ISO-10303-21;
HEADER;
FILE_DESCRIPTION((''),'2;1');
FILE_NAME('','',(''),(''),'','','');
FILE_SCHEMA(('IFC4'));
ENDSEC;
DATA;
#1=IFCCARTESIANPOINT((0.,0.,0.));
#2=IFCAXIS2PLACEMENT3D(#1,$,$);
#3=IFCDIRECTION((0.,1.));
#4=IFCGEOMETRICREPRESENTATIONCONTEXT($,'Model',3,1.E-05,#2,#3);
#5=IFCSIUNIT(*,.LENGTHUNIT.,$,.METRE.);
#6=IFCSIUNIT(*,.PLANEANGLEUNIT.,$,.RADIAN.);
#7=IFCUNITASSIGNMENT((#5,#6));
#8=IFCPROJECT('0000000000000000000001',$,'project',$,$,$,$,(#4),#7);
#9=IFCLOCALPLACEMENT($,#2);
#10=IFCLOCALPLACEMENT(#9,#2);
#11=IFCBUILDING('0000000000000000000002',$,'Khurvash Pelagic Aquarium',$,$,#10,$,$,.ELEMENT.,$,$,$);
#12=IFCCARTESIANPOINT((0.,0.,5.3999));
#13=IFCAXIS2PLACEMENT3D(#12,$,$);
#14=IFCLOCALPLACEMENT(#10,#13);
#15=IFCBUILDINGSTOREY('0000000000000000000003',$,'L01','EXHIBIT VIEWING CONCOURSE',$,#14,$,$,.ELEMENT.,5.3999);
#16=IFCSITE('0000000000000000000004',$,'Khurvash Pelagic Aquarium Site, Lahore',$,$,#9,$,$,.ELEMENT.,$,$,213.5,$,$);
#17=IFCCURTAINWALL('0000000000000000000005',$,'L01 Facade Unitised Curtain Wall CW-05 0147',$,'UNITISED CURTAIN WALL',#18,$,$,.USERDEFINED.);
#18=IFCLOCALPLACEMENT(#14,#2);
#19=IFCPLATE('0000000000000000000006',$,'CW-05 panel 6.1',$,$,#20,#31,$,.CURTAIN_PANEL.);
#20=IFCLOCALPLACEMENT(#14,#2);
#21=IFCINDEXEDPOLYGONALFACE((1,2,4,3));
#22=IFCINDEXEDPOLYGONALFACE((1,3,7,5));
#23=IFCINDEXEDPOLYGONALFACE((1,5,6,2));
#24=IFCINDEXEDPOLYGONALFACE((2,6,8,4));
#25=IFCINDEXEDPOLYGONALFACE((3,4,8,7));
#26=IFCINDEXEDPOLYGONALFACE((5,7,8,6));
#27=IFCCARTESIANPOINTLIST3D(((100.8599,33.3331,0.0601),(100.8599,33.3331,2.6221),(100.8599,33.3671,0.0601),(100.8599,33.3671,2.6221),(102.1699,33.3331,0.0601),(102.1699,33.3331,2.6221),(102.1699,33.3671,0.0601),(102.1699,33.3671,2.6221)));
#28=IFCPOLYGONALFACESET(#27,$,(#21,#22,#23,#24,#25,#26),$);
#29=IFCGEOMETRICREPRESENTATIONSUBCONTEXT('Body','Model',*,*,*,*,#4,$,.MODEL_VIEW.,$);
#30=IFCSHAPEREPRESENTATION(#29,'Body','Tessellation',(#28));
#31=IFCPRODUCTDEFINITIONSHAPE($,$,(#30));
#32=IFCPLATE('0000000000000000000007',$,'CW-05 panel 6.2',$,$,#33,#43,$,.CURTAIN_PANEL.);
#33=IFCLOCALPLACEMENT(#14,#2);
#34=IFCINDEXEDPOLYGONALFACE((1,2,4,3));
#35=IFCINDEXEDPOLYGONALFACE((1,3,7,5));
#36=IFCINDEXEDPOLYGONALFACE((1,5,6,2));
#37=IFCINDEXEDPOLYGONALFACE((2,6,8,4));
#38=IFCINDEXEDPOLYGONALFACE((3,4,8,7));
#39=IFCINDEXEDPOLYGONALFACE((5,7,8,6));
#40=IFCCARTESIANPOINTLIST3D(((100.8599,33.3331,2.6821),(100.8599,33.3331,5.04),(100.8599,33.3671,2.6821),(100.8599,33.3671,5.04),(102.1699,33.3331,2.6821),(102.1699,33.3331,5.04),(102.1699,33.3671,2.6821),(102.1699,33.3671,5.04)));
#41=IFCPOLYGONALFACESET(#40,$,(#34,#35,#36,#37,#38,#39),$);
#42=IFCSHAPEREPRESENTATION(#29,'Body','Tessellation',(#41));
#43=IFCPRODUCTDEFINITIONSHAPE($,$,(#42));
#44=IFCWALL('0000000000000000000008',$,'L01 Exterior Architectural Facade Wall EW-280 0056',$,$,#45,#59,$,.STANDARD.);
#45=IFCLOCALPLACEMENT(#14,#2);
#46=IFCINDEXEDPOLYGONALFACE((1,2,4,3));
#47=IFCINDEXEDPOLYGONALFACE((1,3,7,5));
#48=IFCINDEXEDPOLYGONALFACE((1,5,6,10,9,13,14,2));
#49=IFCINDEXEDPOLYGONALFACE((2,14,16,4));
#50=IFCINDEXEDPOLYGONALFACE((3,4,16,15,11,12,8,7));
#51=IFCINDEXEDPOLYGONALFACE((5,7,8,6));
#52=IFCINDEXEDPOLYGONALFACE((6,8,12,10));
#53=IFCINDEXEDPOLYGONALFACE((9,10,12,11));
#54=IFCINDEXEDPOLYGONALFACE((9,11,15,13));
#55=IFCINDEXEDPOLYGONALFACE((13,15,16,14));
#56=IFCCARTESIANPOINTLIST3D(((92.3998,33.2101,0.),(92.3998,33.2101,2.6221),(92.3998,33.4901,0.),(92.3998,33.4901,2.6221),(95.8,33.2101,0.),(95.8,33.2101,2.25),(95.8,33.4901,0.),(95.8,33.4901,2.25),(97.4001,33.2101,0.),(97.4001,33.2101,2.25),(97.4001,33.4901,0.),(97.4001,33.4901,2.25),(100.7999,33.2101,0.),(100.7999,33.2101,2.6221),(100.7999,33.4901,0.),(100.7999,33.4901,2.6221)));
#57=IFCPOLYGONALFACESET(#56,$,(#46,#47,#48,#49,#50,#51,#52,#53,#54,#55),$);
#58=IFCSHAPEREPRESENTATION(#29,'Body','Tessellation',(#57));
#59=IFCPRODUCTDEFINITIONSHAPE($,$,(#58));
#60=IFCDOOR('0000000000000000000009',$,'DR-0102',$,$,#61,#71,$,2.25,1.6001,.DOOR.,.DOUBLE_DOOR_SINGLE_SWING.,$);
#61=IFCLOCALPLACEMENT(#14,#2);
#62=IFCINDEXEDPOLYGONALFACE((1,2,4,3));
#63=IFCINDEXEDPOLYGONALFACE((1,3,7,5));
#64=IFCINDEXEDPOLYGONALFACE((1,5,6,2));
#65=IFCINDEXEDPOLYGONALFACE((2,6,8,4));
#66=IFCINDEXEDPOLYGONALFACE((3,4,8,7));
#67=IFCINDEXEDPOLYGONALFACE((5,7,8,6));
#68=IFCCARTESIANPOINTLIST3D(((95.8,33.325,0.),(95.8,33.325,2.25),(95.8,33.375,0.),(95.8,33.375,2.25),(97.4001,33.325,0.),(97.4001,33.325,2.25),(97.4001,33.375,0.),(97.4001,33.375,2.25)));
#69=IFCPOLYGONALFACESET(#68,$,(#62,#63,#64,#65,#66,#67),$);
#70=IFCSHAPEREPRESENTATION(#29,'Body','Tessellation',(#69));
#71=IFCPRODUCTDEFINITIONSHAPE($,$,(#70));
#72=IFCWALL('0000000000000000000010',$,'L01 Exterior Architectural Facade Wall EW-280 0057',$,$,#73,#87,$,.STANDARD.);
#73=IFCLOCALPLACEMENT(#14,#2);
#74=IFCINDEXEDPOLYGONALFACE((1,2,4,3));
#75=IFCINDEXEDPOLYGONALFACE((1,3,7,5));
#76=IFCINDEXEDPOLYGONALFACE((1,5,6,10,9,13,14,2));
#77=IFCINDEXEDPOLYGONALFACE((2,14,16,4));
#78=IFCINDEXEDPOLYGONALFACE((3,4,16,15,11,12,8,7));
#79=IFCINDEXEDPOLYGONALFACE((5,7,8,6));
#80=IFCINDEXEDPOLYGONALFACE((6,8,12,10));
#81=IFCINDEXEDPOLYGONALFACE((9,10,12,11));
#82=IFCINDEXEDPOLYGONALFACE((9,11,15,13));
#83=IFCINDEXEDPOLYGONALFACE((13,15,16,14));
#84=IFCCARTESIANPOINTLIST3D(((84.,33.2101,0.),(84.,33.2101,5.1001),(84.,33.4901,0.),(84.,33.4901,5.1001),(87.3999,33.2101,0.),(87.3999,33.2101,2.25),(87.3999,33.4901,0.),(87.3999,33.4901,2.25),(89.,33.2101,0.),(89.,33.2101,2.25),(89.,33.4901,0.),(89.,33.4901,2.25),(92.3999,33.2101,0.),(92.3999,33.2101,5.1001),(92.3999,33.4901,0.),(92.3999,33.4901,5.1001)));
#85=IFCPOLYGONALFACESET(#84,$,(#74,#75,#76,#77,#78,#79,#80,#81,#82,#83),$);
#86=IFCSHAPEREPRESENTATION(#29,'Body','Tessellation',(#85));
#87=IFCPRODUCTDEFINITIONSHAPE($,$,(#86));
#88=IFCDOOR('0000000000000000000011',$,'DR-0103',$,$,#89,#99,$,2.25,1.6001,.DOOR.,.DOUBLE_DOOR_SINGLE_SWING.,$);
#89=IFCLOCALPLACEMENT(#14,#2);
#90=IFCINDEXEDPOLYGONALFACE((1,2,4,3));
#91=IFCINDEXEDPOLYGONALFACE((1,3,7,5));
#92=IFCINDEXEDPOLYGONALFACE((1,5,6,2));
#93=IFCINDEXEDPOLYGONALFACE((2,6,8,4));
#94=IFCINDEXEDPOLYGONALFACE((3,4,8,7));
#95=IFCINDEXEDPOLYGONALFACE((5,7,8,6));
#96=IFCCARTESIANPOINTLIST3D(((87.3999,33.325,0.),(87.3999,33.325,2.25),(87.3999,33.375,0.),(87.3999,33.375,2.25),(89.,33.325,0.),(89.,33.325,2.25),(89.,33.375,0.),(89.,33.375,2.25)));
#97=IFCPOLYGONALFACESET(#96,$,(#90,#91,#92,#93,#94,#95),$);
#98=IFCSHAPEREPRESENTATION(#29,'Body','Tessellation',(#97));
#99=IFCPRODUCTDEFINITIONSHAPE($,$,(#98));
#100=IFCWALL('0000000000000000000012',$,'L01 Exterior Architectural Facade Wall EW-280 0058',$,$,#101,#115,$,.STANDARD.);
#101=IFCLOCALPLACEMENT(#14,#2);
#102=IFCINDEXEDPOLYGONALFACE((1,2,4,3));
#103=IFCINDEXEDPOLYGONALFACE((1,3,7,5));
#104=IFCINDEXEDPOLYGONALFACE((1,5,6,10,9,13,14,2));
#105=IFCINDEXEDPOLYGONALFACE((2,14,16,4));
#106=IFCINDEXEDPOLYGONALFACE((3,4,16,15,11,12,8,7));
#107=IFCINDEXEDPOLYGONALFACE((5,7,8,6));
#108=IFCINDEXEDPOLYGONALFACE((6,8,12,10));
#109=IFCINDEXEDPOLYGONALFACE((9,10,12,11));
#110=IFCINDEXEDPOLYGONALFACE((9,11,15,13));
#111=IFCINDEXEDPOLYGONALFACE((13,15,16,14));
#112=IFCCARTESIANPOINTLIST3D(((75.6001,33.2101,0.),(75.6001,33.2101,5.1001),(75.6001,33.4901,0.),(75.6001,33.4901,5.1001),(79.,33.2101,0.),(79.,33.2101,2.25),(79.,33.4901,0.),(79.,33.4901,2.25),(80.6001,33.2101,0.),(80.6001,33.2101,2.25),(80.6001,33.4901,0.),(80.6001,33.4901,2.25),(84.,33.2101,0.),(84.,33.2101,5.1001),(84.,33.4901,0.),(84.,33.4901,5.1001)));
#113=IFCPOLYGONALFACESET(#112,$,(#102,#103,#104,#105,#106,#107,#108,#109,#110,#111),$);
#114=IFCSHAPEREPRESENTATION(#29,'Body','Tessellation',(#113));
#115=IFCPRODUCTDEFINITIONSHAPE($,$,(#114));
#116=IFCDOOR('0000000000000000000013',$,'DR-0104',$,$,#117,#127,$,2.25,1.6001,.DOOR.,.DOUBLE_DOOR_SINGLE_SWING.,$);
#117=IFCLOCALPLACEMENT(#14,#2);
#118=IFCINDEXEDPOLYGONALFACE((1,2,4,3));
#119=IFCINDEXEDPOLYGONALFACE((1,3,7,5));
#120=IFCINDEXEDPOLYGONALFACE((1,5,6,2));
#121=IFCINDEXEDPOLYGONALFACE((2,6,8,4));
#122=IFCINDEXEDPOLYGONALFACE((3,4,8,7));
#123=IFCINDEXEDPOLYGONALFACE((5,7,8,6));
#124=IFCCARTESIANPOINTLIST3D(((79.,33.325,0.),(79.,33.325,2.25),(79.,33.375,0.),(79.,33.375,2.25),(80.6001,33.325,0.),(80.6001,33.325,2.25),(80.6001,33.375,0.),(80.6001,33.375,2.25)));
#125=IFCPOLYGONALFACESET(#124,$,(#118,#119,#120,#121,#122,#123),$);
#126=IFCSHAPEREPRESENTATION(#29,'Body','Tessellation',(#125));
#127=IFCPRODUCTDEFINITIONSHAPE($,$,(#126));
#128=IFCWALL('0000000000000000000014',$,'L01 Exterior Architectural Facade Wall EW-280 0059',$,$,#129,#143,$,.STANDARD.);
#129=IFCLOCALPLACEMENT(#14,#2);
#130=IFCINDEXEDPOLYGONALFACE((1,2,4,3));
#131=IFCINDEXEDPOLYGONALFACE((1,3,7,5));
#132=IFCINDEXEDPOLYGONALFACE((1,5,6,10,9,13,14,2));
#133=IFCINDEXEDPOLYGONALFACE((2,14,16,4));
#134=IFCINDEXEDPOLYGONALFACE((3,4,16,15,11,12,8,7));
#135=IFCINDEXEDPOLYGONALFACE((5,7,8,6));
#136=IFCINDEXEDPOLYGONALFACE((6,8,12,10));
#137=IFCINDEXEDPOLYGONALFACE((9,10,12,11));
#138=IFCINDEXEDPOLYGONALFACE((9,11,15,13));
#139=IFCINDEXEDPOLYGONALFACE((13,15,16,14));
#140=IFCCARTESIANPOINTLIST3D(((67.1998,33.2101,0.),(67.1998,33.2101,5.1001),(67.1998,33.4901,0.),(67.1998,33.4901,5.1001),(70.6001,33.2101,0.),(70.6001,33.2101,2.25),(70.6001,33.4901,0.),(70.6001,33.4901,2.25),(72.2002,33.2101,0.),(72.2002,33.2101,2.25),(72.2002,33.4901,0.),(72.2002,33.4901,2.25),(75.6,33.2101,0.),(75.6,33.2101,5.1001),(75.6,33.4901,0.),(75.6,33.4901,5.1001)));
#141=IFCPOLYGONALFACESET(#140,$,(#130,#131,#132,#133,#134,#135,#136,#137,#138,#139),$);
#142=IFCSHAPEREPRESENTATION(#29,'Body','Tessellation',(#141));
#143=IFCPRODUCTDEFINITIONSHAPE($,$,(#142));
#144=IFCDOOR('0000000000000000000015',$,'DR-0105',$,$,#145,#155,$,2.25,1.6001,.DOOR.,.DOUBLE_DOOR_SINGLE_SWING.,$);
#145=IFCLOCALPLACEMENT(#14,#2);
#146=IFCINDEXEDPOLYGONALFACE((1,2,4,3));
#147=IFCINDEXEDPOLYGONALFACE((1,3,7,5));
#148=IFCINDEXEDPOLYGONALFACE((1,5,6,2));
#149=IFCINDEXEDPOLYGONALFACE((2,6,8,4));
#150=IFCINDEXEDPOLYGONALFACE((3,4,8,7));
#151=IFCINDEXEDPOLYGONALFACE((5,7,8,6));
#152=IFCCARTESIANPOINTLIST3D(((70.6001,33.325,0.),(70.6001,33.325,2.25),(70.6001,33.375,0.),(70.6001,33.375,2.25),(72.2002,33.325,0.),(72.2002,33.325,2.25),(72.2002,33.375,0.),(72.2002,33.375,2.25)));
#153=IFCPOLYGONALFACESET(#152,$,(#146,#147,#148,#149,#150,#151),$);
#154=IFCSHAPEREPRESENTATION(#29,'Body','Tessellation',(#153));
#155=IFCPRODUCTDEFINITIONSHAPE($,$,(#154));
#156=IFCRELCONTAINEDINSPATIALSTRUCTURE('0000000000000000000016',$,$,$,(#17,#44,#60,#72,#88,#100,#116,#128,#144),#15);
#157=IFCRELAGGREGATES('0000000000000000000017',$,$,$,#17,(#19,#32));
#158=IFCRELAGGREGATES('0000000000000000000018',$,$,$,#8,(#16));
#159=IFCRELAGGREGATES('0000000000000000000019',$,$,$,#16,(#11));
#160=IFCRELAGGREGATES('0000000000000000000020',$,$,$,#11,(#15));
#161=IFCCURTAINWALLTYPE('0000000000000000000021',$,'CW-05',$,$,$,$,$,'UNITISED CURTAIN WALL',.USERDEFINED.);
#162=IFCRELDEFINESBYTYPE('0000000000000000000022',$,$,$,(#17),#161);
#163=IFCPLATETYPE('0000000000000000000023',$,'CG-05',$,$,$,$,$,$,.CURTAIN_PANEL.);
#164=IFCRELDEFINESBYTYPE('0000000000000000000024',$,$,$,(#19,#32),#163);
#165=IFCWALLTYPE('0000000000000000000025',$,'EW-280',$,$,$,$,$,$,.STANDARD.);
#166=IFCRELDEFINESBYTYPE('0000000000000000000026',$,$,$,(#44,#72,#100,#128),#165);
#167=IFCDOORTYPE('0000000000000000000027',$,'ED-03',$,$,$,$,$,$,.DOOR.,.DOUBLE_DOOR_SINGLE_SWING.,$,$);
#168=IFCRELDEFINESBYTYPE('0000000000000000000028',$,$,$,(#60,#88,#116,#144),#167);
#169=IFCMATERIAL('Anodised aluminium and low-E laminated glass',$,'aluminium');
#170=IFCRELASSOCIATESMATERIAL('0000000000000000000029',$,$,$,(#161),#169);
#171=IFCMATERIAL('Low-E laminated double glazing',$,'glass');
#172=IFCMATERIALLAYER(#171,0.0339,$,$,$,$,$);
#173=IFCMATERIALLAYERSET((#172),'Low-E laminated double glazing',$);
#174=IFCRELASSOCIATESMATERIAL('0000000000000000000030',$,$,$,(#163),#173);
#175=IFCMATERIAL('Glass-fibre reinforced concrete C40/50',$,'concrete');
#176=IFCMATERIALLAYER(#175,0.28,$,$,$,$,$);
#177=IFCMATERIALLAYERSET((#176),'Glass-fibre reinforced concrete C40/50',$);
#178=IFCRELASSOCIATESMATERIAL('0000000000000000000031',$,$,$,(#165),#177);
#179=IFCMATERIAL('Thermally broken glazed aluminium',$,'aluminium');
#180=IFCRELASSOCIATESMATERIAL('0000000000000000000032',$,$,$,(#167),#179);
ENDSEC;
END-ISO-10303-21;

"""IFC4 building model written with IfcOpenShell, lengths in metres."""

from ifc_helpers import new_model, si_unit, direction, frame, frame_2d, origin, origin_2d, place, context, subcontext, project, spatial, rectangle, extrude, material, layer, layer_set, type_object, element, fill, aggregate, save


model = new_model("IFC4")

# Units and contexts
model_context = context("Model", 3, precision=1e-05, world=origin(), true_north=direction((0.0, 1.0)))
body_context = subcontext(model_context, "Body", "Model", "MODEL_VIEW")
ifc_project = project(units=[si_unit("LENGTHUNIT", "METRE"), si_unit("PLANEANGLEUNIT", "RADIAN")], contexts=[model_context])

# Site, building, storey
site_placement = place(None, origin())
site = spatial("IfcSite", under=ifc_project, at=site_placement, Name="Khurvash Pelagic Aquarium Site, Lahore", CompositionType="ELEMENT", RefElevation=213.5)
building_placement = place(site_placement, origin())
building = spatial("IfcBuilding", under=site, at=building_placement, Name="Khurvash Pelagic Aquarium", CompositionType="ELEMENT")
storey_placement = place(building_placement, frame((0.0, 0.0, 5.3999)))
storey = spatial("IfcBuildingStorey", under=building, at=storey_placement, Name="L01", Description="EXHIBIT VIEWING CONCOURSE", CompositionType="ELEMENT", Elevation=5.3999)

# Curtain wall, plates
ifc_material_1 = material(Name="Anodised aluminium and low-E laminated glass", Category="aluminium")
curtain_wall_type = type_object("IfcCurtainWallType", Name="CW-05", ElementType="UNITISED CURTAIN WALL", PredefinedType="USERDEFINED", material=ifc_material_1)
curtain_wall_placement = place(storey_placement, origin())
curtain_wall = element("IfcCurtainWall", 1, at=curtain_wall_placement, inside=storey, type_object=curtain_wall_type, Name="L01 Facade Unitised Curtain Wall CW-05 0147", ObjectType="UNITISED CURTAIN WALL", PredefinedType="USERDEFINED")
ifc_material_2 = material(Name="Low-E laminated double glazing", Category="glass")
ifc_layer_1 = layer(ifc_material_2, 0.0339)
ifc_layer_set_1 = layer_set([ifc_layer_1], Name="Low-E laminated double glazing")
plate_type = type_object("IfcPlateType", Name="CG-05", PredefinedType="CURTAIN_PANEL", material=ifc_layer_set_1)
plate_1_placement = place(storey_placement, frame((101.5149, 33.3501, 0.0601), z_axis=(0.0, 0.0, 1.0), x_axis=(-1.0, 0.0, 0.0)))
plate_1 = element("IfcPlate", 2, at=plate_1_placement, type_object=plate_type, Name="CW-05 panel 6.1", PredefinedType="CURTAIN_PANEL", context=body_context, shape_type="SweptSolid", body=[
    extrude(rectangle(XDim=1.3101, YDim=0.0339, at=origin_2d()), origin(), (0.0, 0.0, 1.0), 2.562),
])
plate_2_placement = place(storey_placement, frame((101.5149, 33.3501, 2.6821), z_axis=(0.0, 0.0, 1.0), x_axis=(-1.0, 0.0, 0.0)))
plate_2 = element("IfcPlate", 3, at=plate_2_placement, type_object=plate_type, Name="CW-05 panel 6.2", PredefinedType="CURTAIN_PANEL", context=body_context, shape_type="SweptSolid", body=[
    extrude(rectangle(XDim=1.3101, YDim=0.0339, at=origin_2d()), origin(), (0.0, 0.0, 1.0), 2.3579),
])
aggregate(curtain_wall, [plate_1, plate_2])

# Walls, openings, doors
ifc_material_3 = material(Name="Glass-fibre reinforced concrete C40/50", Category="concrete")
ifc_layer_2 = layer(ifc_material_3, 0.28)
ifc_layer_set_2 = layer_set([ifc_layer_2], Name="Glass-fibre reinforced concrete C40/50")
wall_type_1 = type_object("IfcWallType", Name="EW-280", PredefinedType="STANDARD", material=ifc_layer_set_2)
wall_1_placement = place(storey_placement, frame((100.8, 33.3501, 0.0), z_axis=(0.0, 0.0, 1.0), x_axis=(-1.0, 0.0, 0.0)))
wall_1 = element("IfcWall", 4, at=wall_1_placement, inside=storey, type_object=wall_type_1, Name="L01 Exterior Architectural Facade Wall EW-280 0056", PredefinedType="STANDARD", context=body_context, shape_type="SweptSolid", body=[
    extrude(rectangle(XDim=8.4001, YDim=0.28, at=frame_2d((4.2002, 0.0))), origin(), (0.0, 0.0, 1.0), 2.6221),
])
opening_1_placement = place(wall_1_placement, frame((3.3999, 0.0, 0.0)))
opening_1 = element("IfcOpeningElement", 5, at=opening_1_placement, cuts=wall_1, PredefinedType="OPENING", context=body_context, shape_type="SweptSolid", body=[
    extrude(rectangle(XDim=1.6001, YDim=2.25, at=frame_2d((0.8, 1.125))), frame((0.0, 0.1499, 0.0), z_axis=(0.0, -1.0, 0.0), x_axis=(1.0, 0.0, 0.0)), (0.0, 0.0, 1.0), 0.3),
])
ifc_material_4 = material(Name="Thermally broken glazed aluminium", Category="aluminium")
door_type = type_object("IfcDoorType", Name="ED-03", OperationType="DOUBLE_DOOR_SINGLE_SWING", PredefinedType="DOOR", material=ifc_material_4)
door_1_placement = place(opening_1_placement, frame((1.6001, 0.0, 0.0), z_axis=(0.0, 0.0, 1.0), x_axis=(-1.0, 0.0, 0.0)))
door_1 = element("IfcDoor", 6, at=door_1_placement, inside=storey, type_object=door_type, Name="DR-0102", OperationType="DOUBLE_DOOR_SINGLE_SWING", OverallHeight=2.25, OverallWidth=1.6001, PredefinedType="DOOR", context=body_context, shape_type="SweptSolid", body=[
    extrude(rectangle(XDim=1.6001, YDim=2.25, at=frame_2d((0.8, 1.125))), frame((0.0, 0.0249, 0.0), z_axis=(0.0, -1.0, 0.0), x_axis=(1.0, 0.0, 0.0)), (0.0, 0.0, 1.0), 0.05),
])
fill(opening_1, door_1)
wall_2_placement = place(storey_placement, frame((92.3999, 33.3501, 0.0), z_axis=(0.0, 0.0, 1.0), x_axis=(-1.0, 0.0, 0.0)))
wall_2 = element("IfcWall", 7, at=wall_2_placement, inside=storey, type_object=wall_type_1, Name="L01 Exterior Architectural Facade Wall EW-280 0057", PredefinedType="STANDARD", context=body_context, shape_type="SweptSolid", body=[
    extrude(rectangle(XDim=8.3999, YDim=0.28, at=frame_2d((4.2, 0.0))), origin(), (0.0, 0.0, 1.0), 5.1001),
])
opening_2_placement = place(wall_2_placement, frame((3.3999, 0.0, 0.0)))
opening_2 = element("IfcOpeningElement", 8, at=opening_2_placement, cuts=wall_2, PredefinedType="OPENING", context=body_context, shape_type="SweptSolid", body=[
    extrude(rectangle(XDim=1.6001, YDim=2.25, at=frame_2d((0.8, 1.125))), frame((0.0, 0.1499, 0.0), z_axis=(0.0, -1.0, 0.0), x_axis=(1.0, 0.0, 0.0)), (0.0, 0.0, 1.0), 0.3),
])
door_2_placement = place(opening_2_placement, frame((1.6001, 0.0, 0.0), z_axis=(0.0, 0.0, 1.0), x_axis=(-1.0, 0.0, 0.0)))
door_2 = element("IfcDoor", 9, at=door_2_placement, inside=storey, type_object=door_type, Name="DR-0103", OperationType="DOUBLE_DOOR_SINGLE_SWING", OverallHeight=2.25, OverallWidth=1.6001, PredefinedType="DOOR", context=body_context, shape_type="SweptSolid", body=[
    extrude(rectangle(XDim=1.6001, YDim=2.25, at=frame_2d((0.8, 1.125))), frame((0.0, 0.0249, 0.0), z_axis=(0.0, -1.0, 0.0), x_axis=(1.0, 0.0, 0.0)), (0.0, 0.0, 1.0), 0.05),
])
fill(opening_2, door_2)
wall_3_placement = place(storey_placement, frame((84.0, 33.3501, 0.0), z_axis=(0.0, 0.0, 1.0), x_axis=(-1.0, 0.0, 0.0)))
wall_3 = element("IfcWall", 10, at=wall_3_placement, inside=storey, type_object=wall_type_1, Name="L01 Exterior Architectural Facade Wall EW-280 0058", PredefinedType="STANDARD", context=body_context, shape_type="SweptSolid", body=[
    extrude(rectangle(XDim=8.3999, YDim=0.28, at=frame_2d((4.2, 0.0))), origin(), (0.0, 0.0, 1.0), 5.1001),
])
opening_3_placement = place(wall_3_placement, frame((3.3999, 0.0, 0.0)))
opening_3 = element("IfcOpeningElement", 11, at=opening_3_placement, cuts=wall_3, PredefinedType="OPENING", context=body_context, shape_type="SweptSolid", body=[
    extrude(rectangle(XDim=1.6001, YDim=2.25, at=frame_2d((0.8, 1.125))), frame((0.0, 0.1499, 0.0), z_axis=(0.0, -1.0, 0.0), x_axis=(1.0, 0.0, 0.0)), (0.0, 0.0, 1.0), 0.3),
])
door_3_placement = place(opening_3_placement, frame((1.6001, 0.0, 0.0), z_axis=(0.0, 0.0, 1.0), x_axis=(-1.0, 0.0, 0.0)))
door_3 = element("IfcDoor", 12, at=door_3_placement, inside=storey, type_object=door_type, Name="DR-0104", OperationType="DOUBLE_DOOR_SINGLE_SWING", OverallHeight=2.25, OverallWidth=1.6001, PredefinedType="DOOR", context=body_context, shape_type="SweptSolid", body=[
    extrude(rectangle(XDim=1.6001, YDim=2.25, at=frame_2d((0.8, 1.125))), frame((0.0, 0.0249, 0.0), z_axis=(0.0, -1.0, 0.0), x_axis=(1.0, 0.0, 0.0)), (0.0, 0.0, 1.0), 0.05),
])
fill(opening_3, door_3)
wall_4_placement = place(storey_placement, frame((75.6001, 33.3501, 0.0), z_axis=(0.0, 0.0, 1.0), x_axis=(-1.0, 0.0, 0.0)))
wall_4 = element("IfcWall", 13, at=wall_4_placement, inside=storey, type_object=wall_type_1, Name="L01 Exterior Architectural Facade Wall EW-280 0059", PredefinedType="STANDARD", context=body_context, shape_type="SweptSolid", body=[
    extrude(rectangle(XDim=8.4001, YDim=0.28, at=frame_2d((4.2002, 0.0))), origin(), (0.0, 0.0, 1.0), 5.1001),
])
opening_4_placement = place(wall_4_placement, frame((3.3999, 0.0, 0.0)))
opening_4 = element("IfcOpeningElement", 14, at=opening_4_placement, cuts=wall_4, PredefinedType="OPENING", context=body_context, shape_type="SweptSolid", body=[
    extrude(rectangle(XDim=1.6001, YDim=2.25, at=frame_2d((0.8, 1.125))), frame((0.0, 0.1499, 0.0), z_axis=(0.0, -1.0, 0.0), x_axis=(1.0, 0.0, 0.0)), (0.0, 0.0, 1.0), 0.3),
])
door_4_placement = place(opening_4_placement, frame((1.6001, 0.0, 0.0), z_axis=(0.0, 0.0, 1.0), x_axis=(-1.0, 0.0, 0.0)))
door_4 = element("IfcDoor", 15, at=door_4_placement, inside=storey, type_object=door_type, Name="DR-0105", OperationType="DOUBLE_DOOR_SINGLE_SWING", OverallHeight=2.25, OverallWidth=1.6001, PredefinedType="DOOR", context=body_context, shape_type="SweptSolid", body=[
    extrude(rectangle(XDim=1.6001, YDim=2.25, at=frame_2d((0.8, 1.125))), frame((0.0, 0.0249, 0.0), z_axis=(0.0, -1.0, 0.0), x_axis=(1.0, 0.0, 0.0)), (0.0, 0.0, 1.0), 0.05),
])
fill(opening_4, door_4)

save(model, "model.ifc")
